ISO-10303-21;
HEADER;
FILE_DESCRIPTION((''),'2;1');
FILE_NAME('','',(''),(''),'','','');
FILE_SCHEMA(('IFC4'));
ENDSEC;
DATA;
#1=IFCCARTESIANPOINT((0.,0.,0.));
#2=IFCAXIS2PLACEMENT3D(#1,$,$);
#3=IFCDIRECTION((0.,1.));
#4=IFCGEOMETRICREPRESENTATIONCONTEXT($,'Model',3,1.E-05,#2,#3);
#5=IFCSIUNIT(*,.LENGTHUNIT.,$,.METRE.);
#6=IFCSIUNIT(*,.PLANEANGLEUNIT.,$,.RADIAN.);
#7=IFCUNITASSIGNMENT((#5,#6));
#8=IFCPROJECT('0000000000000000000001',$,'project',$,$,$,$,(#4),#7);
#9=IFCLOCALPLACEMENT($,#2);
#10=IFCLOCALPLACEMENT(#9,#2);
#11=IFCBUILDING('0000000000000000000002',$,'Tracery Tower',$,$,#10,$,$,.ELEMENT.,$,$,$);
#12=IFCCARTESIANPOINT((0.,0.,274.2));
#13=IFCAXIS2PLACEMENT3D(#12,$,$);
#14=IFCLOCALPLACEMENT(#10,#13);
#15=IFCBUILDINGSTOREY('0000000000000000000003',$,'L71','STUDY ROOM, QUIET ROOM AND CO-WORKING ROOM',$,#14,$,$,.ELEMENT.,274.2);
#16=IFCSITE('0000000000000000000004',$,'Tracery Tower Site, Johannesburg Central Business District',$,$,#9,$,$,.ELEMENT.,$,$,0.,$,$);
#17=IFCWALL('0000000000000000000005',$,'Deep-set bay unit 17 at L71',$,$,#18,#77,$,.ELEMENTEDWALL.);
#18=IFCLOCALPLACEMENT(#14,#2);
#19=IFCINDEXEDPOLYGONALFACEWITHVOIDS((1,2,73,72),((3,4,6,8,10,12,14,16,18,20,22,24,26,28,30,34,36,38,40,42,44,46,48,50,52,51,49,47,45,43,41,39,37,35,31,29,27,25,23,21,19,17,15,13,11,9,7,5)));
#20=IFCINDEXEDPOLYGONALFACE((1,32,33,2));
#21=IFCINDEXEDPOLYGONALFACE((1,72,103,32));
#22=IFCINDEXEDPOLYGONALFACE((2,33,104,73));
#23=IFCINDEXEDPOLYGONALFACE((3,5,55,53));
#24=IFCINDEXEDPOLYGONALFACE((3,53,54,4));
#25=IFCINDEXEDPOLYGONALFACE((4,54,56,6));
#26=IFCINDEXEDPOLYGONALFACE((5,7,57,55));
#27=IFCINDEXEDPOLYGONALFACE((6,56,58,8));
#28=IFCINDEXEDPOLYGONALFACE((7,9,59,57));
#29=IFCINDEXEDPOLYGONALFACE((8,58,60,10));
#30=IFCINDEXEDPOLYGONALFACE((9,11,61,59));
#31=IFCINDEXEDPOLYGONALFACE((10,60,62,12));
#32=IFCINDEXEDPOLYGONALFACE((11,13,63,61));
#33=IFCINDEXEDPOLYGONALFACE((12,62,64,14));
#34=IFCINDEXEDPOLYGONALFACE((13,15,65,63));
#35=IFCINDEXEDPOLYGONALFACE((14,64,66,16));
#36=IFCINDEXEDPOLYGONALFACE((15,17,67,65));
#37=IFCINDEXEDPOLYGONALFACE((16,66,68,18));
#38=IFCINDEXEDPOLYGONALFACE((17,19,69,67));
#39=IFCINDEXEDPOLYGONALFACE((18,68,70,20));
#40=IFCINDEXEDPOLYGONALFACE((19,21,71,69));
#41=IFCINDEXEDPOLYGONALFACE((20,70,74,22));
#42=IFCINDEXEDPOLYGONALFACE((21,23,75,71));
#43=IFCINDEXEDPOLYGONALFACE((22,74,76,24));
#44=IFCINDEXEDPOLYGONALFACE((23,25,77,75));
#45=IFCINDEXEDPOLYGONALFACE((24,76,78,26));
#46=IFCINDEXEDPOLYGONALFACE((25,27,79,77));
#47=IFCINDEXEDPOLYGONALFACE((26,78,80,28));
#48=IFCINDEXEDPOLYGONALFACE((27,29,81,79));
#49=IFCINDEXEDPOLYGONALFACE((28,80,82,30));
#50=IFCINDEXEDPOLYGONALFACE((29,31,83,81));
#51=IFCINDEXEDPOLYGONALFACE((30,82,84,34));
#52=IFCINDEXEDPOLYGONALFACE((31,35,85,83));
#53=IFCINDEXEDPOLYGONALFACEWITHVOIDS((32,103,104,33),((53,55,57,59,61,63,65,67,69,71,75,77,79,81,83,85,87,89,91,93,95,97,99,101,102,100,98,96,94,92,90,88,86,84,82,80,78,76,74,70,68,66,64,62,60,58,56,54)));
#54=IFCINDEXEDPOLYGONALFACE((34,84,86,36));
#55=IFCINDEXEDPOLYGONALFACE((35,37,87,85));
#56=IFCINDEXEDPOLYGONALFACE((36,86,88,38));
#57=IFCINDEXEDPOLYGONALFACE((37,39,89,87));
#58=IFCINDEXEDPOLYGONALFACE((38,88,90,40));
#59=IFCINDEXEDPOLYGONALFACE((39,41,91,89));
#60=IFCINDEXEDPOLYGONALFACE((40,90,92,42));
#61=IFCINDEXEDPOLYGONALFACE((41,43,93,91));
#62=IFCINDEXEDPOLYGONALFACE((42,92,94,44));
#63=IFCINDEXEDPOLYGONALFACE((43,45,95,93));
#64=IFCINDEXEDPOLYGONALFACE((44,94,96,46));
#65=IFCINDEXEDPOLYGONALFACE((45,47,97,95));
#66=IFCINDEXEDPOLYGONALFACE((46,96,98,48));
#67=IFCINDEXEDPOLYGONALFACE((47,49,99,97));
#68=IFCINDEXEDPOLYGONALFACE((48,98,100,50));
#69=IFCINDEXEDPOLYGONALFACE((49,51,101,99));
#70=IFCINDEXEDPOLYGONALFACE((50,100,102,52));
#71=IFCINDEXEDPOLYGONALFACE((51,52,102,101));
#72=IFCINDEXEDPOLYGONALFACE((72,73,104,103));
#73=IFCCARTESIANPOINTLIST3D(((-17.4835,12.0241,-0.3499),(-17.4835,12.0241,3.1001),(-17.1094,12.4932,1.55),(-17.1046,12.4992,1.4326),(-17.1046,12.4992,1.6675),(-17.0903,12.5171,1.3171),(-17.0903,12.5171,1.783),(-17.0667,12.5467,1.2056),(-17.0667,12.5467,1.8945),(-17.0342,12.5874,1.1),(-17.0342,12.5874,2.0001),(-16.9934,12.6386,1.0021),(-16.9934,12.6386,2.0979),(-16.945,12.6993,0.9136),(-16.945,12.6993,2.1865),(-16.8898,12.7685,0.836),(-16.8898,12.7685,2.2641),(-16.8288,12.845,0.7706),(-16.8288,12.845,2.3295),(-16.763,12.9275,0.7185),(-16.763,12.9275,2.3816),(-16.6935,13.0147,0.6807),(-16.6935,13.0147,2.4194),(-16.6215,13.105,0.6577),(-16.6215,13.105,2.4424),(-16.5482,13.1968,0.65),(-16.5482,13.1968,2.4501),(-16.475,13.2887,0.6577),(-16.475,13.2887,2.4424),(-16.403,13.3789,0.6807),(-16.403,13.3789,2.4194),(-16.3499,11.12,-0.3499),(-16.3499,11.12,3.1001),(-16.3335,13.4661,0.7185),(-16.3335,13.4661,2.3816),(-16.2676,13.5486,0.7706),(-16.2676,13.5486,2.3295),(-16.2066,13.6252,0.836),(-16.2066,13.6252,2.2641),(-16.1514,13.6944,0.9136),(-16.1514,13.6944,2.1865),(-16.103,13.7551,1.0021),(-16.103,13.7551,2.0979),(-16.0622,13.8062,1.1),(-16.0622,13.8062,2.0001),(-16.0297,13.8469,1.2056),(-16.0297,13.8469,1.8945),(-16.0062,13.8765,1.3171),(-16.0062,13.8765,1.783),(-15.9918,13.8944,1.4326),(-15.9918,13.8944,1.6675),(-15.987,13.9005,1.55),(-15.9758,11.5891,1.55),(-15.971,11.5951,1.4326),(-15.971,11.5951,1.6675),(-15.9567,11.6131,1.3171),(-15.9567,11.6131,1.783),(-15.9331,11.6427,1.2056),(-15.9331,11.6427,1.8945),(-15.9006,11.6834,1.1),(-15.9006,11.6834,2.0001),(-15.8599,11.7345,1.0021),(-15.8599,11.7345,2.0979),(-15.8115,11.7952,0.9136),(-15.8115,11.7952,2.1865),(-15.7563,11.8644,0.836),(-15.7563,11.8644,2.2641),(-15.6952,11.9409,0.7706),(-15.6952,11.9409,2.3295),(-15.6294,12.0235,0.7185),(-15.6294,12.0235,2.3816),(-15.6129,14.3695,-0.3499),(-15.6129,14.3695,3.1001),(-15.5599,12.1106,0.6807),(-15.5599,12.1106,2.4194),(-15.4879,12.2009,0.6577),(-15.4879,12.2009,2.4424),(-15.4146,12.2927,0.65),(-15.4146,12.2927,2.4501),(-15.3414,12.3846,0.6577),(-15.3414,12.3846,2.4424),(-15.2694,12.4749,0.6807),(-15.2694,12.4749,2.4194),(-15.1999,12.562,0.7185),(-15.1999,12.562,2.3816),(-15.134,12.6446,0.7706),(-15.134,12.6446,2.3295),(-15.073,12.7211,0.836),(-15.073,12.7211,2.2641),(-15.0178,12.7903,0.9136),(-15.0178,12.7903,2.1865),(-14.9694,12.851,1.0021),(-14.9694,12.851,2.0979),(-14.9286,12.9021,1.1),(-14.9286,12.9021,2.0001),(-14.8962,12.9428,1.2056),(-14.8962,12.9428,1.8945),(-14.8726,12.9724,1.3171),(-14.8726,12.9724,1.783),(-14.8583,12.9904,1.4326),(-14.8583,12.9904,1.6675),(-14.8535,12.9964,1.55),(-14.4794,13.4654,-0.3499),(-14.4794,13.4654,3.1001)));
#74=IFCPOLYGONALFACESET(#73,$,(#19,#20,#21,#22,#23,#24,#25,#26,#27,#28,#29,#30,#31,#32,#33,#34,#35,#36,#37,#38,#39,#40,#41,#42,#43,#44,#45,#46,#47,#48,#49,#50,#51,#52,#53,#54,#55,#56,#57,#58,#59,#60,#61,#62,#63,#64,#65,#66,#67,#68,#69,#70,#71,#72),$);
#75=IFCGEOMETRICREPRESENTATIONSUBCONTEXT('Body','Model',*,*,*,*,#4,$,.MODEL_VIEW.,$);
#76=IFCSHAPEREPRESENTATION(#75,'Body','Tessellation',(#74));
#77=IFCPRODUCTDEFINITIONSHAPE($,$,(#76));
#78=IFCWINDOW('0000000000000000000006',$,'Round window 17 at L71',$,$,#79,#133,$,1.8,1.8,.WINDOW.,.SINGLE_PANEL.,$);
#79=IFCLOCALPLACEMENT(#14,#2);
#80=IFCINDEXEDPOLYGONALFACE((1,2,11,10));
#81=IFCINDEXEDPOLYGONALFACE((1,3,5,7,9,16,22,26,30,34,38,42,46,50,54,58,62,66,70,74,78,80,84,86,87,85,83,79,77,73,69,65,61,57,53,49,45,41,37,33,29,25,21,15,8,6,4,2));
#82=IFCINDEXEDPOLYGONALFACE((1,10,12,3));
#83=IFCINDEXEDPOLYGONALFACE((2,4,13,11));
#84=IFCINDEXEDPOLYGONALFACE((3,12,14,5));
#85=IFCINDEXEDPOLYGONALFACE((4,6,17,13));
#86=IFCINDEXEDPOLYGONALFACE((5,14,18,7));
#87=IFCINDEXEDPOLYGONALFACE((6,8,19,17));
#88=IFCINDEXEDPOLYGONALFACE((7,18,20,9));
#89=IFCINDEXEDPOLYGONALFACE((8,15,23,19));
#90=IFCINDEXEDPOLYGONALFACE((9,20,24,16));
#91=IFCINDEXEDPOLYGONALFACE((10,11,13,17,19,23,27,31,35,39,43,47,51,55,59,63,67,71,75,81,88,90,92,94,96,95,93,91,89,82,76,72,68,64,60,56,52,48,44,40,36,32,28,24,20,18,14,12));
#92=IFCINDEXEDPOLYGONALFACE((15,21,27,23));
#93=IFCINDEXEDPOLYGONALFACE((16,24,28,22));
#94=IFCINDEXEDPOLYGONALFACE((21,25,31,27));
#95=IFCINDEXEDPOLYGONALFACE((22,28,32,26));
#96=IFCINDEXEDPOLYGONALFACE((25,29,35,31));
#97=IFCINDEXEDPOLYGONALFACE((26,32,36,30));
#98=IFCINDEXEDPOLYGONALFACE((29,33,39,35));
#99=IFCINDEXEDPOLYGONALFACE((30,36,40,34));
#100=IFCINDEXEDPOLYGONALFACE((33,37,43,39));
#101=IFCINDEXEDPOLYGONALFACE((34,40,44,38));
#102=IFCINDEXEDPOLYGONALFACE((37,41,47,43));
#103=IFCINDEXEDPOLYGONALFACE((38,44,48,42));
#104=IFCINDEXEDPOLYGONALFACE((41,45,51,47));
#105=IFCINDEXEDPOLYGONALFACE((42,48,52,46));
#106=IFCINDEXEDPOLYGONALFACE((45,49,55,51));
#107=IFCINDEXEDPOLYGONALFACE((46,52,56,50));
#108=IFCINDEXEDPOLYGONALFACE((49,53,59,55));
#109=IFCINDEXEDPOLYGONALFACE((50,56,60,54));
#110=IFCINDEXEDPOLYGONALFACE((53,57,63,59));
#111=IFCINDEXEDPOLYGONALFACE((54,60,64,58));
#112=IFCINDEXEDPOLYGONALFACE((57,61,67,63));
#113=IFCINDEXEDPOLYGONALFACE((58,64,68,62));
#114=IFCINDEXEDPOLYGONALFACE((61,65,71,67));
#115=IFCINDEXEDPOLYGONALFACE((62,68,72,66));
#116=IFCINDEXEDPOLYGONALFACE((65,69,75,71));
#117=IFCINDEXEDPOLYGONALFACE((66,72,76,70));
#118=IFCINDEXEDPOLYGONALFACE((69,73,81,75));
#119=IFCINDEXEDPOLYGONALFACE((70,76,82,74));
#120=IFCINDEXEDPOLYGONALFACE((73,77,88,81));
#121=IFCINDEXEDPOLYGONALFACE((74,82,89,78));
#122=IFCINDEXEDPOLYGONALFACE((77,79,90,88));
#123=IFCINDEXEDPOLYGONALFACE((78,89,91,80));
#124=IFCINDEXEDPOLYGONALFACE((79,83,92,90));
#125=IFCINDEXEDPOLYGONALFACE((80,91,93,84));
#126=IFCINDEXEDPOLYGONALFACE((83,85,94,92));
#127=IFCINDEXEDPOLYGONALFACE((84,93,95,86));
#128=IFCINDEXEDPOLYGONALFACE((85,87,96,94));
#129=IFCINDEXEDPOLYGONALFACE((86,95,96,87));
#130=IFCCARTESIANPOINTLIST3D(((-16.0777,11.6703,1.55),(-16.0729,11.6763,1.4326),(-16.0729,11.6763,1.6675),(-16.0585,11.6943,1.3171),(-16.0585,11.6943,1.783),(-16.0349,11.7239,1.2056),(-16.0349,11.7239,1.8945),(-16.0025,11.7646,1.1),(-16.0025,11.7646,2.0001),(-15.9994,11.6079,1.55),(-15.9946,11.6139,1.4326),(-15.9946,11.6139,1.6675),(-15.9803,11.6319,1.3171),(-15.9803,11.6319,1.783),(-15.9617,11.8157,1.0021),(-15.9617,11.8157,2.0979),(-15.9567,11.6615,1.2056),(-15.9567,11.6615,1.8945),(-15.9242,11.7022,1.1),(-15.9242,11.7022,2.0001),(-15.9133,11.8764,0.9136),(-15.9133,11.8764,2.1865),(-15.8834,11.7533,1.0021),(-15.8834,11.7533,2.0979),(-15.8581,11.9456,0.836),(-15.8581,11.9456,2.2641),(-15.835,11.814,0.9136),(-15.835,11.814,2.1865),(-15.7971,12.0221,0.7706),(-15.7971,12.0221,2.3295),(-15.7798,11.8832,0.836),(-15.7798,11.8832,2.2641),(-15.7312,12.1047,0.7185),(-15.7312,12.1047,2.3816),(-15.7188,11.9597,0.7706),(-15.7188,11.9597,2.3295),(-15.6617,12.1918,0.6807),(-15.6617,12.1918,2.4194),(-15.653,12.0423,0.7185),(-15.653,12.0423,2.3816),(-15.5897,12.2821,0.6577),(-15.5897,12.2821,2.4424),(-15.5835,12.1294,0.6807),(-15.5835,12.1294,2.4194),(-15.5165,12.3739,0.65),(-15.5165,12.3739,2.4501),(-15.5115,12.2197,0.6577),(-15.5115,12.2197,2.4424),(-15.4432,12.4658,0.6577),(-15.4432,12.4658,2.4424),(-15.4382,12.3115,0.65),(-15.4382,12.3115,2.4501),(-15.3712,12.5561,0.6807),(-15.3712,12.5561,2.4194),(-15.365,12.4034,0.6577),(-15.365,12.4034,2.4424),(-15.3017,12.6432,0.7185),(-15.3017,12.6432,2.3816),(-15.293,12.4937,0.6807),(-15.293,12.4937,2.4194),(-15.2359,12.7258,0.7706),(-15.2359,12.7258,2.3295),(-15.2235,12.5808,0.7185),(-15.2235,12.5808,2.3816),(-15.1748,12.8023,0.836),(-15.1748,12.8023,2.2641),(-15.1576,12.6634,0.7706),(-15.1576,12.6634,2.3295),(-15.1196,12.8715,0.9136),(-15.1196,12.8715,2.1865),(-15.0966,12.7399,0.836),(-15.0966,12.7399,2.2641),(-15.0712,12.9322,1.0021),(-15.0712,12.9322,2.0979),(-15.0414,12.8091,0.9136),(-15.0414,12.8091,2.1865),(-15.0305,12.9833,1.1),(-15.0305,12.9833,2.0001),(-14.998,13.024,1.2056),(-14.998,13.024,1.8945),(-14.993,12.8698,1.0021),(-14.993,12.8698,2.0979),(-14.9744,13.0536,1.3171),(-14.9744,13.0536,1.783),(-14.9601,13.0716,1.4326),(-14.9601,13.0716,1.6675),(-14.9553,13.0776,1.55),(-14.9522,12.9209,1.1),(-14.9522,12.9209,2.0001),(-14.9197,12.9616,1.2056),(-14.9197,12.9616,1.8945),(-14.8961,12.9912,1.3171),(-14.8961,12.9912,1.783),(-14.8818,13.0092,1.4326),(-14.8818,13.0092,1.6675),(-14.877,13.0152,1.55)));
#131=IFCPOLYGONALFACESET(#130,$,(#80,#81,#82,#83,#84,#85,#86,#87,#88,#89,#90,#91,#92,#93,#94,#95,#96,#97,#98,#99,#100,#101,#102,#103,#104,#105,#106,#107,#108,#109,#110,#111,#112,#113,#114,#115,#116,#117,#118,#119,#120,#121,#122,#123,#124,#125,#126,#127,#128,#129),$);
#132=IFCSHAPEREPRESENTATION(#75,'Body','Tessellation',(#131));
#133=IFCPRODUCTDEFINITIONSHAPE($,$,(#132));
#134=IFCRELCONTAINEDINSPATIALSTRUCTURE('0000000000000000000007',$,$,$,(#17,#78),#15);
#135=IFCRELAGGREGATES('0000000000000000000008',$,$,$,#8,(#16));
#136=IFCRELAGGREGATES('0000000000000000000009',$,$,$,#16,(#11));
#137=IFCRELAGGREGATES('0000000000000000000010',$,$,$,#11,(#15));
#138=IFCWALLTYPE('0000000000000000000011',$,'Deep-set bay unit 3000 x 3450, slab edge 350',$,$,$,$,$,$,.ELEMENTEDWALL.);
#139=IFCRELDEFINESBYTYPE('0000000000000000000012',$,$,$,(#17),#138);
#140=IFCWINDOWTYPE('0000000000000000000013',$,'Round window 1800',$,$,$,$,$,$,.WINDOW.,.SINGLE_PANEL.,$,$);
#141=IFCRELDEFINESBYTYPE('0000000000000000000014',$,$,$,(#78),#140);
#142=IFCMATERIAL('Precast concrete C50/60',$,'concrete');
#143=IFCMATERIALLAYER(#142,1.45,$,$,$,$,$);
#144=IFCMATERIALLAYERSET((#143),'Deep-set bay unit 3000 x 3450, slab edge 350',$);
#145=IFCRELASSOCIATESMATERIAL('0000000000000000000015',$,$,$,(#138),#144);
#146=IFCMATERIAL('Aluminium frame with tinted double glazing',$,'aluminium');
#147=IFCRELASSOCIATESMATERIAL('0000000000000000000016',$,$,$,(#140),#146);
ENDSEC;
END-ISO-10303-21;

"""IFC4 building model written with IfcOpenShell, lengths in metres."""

from ifc_helpers import new_model, si_unit, direction, frame, frame_2d, origin, origin_2d, place, context, subcontext, project, spatial, rectangle, circle, extrude, material, layer, layer_set, type_object, element, fill, save


model = new_model("IFC4")

# Units and contexts
model_context = context("Model", 3, precision=1e-05, world=origin(), true_north=direction((0.0, 1.0)))
body_context = subcontext(model_context, "Body", "Model", "MODEL_VIEW")
ifc_project = project(units=[si_unit("LENGTHUNIT", "METRE"), si_unit("PLANEANGLEUNIT", "RADIAN")], contexts=[model_context])

# Site, building, storey
site_placement = place(None, origin())
site = spatial("IfcSite", under=ifc_project, at=site_placement, Name="Tracery Tower Site, Johannesburg Central Business District", CompositionType="ELEMENT", RefElevation=0.0)
building_placement = place(site_placement, origin())
building = spatial("IfcBuilding", under=site, at=building_placement, Name="Tracery Tower", CompositionType="ELEMENT")
storey_placement = place(building_placement, frame((0.0, 0.0, 274.2)))
storey = spatial("IfcBuildingStorey", under=building, at=storey_placement, Name="L71", Description="STUDY ROOM, QUIET ROOM AND CO-WORKING ROOM", CompositionType="ELEMENT", Elevation=274.2)

# Wall, opening, window
ifc_material_1 = material(Name="Precast concrete C50/60", Category="concrete")
ifc_layer_1 = layer(ifc_material_1, 1.45)
ifc_layer_set_1 = layer_set([ifc_layer_1], Name="Deep-set bay unit 3000 x 3450, slab edge 350")
wall_type_1 = type_object("IfcWallType", Name="Deep-set bay unit 3000 x 3450, slab edge 350", PredefinedType="ELEMENTEDWALL", material=ifc_layer_set_1)
ifc_material_2 = material(Name="Aluminium frame with tinted double glazing", Category="aluminium")
window_type = type_object("IfcWindowType", Name="Round window 1800", PartitioningType="SINGLE_PANEL", PredefinedType="WINDOW", material=ifc_material_2)
wall_1_placement = place(storey_placement, frame((-15.0461, 13.9175, -0.3499), z_axis=(0.0, 0.0, 1.0), x_axis=(-0.623523, -0.781805, 0.0)))
wall_1 = element("IfcWall", 1, at=wall_1_placement, inside=storey, type_object=wall_type_1, Name="Deep-set bay unit 17 at L71", PredefinedType="ELEMENTEDWALL", context=body_context, shape_type="SweptSolid", body=[
    extrude(rectangle(XDim=3.0, YDim=1.45, at=frame_2d((1.5, 0.0))), origin(), (0.0, 0.0, 1.0), 3.45),
])
opening_1_placement = place(wall_1_placement, frame((1.5, 0.0, 1.8999)))
opening_1 = element("IfcOpeningElement", 2, at=opening_1_placement, cuts=wall_1, PredefinedType="OPENING", context=body_context, shape_type="SweptSolid", body=[
    extrude(circle(Radius=0.9, at=origin_2d()), frame((0.0, 0.7349, 0.0), z_axis=(0.0, -1.0, 0.0), x_axis=(1.0, 0.0, 0.0)), (0.0, 0.0, 1.0), 1.47),
])
window_1_placement = place(opening_1_placement, origin())
window_1 = element("IfcWindow", 3, at=window_1_placement, inside=storey, type_object=window_type, Name="Round window 17 at L71", OverallHeight=1.8, OverallWidth=1.8, PartitioningType="SINGLE_PANEL", PredefinedType="WINDOW", context=body_context, shape_type="SweptSolid", body=[
    extrude(circle(Radius=0.9, at=origin_2d()), frame((0.0, 0.6948, 0.0), z_axis=(0.0, -1.0, 0.0), x_axis=(1.0, 0.0, 0.0)), (0.0, 0.0, 1.0), 0.1001),
])
fill(opening_1, window_1)

save(model, "model.ifc")
